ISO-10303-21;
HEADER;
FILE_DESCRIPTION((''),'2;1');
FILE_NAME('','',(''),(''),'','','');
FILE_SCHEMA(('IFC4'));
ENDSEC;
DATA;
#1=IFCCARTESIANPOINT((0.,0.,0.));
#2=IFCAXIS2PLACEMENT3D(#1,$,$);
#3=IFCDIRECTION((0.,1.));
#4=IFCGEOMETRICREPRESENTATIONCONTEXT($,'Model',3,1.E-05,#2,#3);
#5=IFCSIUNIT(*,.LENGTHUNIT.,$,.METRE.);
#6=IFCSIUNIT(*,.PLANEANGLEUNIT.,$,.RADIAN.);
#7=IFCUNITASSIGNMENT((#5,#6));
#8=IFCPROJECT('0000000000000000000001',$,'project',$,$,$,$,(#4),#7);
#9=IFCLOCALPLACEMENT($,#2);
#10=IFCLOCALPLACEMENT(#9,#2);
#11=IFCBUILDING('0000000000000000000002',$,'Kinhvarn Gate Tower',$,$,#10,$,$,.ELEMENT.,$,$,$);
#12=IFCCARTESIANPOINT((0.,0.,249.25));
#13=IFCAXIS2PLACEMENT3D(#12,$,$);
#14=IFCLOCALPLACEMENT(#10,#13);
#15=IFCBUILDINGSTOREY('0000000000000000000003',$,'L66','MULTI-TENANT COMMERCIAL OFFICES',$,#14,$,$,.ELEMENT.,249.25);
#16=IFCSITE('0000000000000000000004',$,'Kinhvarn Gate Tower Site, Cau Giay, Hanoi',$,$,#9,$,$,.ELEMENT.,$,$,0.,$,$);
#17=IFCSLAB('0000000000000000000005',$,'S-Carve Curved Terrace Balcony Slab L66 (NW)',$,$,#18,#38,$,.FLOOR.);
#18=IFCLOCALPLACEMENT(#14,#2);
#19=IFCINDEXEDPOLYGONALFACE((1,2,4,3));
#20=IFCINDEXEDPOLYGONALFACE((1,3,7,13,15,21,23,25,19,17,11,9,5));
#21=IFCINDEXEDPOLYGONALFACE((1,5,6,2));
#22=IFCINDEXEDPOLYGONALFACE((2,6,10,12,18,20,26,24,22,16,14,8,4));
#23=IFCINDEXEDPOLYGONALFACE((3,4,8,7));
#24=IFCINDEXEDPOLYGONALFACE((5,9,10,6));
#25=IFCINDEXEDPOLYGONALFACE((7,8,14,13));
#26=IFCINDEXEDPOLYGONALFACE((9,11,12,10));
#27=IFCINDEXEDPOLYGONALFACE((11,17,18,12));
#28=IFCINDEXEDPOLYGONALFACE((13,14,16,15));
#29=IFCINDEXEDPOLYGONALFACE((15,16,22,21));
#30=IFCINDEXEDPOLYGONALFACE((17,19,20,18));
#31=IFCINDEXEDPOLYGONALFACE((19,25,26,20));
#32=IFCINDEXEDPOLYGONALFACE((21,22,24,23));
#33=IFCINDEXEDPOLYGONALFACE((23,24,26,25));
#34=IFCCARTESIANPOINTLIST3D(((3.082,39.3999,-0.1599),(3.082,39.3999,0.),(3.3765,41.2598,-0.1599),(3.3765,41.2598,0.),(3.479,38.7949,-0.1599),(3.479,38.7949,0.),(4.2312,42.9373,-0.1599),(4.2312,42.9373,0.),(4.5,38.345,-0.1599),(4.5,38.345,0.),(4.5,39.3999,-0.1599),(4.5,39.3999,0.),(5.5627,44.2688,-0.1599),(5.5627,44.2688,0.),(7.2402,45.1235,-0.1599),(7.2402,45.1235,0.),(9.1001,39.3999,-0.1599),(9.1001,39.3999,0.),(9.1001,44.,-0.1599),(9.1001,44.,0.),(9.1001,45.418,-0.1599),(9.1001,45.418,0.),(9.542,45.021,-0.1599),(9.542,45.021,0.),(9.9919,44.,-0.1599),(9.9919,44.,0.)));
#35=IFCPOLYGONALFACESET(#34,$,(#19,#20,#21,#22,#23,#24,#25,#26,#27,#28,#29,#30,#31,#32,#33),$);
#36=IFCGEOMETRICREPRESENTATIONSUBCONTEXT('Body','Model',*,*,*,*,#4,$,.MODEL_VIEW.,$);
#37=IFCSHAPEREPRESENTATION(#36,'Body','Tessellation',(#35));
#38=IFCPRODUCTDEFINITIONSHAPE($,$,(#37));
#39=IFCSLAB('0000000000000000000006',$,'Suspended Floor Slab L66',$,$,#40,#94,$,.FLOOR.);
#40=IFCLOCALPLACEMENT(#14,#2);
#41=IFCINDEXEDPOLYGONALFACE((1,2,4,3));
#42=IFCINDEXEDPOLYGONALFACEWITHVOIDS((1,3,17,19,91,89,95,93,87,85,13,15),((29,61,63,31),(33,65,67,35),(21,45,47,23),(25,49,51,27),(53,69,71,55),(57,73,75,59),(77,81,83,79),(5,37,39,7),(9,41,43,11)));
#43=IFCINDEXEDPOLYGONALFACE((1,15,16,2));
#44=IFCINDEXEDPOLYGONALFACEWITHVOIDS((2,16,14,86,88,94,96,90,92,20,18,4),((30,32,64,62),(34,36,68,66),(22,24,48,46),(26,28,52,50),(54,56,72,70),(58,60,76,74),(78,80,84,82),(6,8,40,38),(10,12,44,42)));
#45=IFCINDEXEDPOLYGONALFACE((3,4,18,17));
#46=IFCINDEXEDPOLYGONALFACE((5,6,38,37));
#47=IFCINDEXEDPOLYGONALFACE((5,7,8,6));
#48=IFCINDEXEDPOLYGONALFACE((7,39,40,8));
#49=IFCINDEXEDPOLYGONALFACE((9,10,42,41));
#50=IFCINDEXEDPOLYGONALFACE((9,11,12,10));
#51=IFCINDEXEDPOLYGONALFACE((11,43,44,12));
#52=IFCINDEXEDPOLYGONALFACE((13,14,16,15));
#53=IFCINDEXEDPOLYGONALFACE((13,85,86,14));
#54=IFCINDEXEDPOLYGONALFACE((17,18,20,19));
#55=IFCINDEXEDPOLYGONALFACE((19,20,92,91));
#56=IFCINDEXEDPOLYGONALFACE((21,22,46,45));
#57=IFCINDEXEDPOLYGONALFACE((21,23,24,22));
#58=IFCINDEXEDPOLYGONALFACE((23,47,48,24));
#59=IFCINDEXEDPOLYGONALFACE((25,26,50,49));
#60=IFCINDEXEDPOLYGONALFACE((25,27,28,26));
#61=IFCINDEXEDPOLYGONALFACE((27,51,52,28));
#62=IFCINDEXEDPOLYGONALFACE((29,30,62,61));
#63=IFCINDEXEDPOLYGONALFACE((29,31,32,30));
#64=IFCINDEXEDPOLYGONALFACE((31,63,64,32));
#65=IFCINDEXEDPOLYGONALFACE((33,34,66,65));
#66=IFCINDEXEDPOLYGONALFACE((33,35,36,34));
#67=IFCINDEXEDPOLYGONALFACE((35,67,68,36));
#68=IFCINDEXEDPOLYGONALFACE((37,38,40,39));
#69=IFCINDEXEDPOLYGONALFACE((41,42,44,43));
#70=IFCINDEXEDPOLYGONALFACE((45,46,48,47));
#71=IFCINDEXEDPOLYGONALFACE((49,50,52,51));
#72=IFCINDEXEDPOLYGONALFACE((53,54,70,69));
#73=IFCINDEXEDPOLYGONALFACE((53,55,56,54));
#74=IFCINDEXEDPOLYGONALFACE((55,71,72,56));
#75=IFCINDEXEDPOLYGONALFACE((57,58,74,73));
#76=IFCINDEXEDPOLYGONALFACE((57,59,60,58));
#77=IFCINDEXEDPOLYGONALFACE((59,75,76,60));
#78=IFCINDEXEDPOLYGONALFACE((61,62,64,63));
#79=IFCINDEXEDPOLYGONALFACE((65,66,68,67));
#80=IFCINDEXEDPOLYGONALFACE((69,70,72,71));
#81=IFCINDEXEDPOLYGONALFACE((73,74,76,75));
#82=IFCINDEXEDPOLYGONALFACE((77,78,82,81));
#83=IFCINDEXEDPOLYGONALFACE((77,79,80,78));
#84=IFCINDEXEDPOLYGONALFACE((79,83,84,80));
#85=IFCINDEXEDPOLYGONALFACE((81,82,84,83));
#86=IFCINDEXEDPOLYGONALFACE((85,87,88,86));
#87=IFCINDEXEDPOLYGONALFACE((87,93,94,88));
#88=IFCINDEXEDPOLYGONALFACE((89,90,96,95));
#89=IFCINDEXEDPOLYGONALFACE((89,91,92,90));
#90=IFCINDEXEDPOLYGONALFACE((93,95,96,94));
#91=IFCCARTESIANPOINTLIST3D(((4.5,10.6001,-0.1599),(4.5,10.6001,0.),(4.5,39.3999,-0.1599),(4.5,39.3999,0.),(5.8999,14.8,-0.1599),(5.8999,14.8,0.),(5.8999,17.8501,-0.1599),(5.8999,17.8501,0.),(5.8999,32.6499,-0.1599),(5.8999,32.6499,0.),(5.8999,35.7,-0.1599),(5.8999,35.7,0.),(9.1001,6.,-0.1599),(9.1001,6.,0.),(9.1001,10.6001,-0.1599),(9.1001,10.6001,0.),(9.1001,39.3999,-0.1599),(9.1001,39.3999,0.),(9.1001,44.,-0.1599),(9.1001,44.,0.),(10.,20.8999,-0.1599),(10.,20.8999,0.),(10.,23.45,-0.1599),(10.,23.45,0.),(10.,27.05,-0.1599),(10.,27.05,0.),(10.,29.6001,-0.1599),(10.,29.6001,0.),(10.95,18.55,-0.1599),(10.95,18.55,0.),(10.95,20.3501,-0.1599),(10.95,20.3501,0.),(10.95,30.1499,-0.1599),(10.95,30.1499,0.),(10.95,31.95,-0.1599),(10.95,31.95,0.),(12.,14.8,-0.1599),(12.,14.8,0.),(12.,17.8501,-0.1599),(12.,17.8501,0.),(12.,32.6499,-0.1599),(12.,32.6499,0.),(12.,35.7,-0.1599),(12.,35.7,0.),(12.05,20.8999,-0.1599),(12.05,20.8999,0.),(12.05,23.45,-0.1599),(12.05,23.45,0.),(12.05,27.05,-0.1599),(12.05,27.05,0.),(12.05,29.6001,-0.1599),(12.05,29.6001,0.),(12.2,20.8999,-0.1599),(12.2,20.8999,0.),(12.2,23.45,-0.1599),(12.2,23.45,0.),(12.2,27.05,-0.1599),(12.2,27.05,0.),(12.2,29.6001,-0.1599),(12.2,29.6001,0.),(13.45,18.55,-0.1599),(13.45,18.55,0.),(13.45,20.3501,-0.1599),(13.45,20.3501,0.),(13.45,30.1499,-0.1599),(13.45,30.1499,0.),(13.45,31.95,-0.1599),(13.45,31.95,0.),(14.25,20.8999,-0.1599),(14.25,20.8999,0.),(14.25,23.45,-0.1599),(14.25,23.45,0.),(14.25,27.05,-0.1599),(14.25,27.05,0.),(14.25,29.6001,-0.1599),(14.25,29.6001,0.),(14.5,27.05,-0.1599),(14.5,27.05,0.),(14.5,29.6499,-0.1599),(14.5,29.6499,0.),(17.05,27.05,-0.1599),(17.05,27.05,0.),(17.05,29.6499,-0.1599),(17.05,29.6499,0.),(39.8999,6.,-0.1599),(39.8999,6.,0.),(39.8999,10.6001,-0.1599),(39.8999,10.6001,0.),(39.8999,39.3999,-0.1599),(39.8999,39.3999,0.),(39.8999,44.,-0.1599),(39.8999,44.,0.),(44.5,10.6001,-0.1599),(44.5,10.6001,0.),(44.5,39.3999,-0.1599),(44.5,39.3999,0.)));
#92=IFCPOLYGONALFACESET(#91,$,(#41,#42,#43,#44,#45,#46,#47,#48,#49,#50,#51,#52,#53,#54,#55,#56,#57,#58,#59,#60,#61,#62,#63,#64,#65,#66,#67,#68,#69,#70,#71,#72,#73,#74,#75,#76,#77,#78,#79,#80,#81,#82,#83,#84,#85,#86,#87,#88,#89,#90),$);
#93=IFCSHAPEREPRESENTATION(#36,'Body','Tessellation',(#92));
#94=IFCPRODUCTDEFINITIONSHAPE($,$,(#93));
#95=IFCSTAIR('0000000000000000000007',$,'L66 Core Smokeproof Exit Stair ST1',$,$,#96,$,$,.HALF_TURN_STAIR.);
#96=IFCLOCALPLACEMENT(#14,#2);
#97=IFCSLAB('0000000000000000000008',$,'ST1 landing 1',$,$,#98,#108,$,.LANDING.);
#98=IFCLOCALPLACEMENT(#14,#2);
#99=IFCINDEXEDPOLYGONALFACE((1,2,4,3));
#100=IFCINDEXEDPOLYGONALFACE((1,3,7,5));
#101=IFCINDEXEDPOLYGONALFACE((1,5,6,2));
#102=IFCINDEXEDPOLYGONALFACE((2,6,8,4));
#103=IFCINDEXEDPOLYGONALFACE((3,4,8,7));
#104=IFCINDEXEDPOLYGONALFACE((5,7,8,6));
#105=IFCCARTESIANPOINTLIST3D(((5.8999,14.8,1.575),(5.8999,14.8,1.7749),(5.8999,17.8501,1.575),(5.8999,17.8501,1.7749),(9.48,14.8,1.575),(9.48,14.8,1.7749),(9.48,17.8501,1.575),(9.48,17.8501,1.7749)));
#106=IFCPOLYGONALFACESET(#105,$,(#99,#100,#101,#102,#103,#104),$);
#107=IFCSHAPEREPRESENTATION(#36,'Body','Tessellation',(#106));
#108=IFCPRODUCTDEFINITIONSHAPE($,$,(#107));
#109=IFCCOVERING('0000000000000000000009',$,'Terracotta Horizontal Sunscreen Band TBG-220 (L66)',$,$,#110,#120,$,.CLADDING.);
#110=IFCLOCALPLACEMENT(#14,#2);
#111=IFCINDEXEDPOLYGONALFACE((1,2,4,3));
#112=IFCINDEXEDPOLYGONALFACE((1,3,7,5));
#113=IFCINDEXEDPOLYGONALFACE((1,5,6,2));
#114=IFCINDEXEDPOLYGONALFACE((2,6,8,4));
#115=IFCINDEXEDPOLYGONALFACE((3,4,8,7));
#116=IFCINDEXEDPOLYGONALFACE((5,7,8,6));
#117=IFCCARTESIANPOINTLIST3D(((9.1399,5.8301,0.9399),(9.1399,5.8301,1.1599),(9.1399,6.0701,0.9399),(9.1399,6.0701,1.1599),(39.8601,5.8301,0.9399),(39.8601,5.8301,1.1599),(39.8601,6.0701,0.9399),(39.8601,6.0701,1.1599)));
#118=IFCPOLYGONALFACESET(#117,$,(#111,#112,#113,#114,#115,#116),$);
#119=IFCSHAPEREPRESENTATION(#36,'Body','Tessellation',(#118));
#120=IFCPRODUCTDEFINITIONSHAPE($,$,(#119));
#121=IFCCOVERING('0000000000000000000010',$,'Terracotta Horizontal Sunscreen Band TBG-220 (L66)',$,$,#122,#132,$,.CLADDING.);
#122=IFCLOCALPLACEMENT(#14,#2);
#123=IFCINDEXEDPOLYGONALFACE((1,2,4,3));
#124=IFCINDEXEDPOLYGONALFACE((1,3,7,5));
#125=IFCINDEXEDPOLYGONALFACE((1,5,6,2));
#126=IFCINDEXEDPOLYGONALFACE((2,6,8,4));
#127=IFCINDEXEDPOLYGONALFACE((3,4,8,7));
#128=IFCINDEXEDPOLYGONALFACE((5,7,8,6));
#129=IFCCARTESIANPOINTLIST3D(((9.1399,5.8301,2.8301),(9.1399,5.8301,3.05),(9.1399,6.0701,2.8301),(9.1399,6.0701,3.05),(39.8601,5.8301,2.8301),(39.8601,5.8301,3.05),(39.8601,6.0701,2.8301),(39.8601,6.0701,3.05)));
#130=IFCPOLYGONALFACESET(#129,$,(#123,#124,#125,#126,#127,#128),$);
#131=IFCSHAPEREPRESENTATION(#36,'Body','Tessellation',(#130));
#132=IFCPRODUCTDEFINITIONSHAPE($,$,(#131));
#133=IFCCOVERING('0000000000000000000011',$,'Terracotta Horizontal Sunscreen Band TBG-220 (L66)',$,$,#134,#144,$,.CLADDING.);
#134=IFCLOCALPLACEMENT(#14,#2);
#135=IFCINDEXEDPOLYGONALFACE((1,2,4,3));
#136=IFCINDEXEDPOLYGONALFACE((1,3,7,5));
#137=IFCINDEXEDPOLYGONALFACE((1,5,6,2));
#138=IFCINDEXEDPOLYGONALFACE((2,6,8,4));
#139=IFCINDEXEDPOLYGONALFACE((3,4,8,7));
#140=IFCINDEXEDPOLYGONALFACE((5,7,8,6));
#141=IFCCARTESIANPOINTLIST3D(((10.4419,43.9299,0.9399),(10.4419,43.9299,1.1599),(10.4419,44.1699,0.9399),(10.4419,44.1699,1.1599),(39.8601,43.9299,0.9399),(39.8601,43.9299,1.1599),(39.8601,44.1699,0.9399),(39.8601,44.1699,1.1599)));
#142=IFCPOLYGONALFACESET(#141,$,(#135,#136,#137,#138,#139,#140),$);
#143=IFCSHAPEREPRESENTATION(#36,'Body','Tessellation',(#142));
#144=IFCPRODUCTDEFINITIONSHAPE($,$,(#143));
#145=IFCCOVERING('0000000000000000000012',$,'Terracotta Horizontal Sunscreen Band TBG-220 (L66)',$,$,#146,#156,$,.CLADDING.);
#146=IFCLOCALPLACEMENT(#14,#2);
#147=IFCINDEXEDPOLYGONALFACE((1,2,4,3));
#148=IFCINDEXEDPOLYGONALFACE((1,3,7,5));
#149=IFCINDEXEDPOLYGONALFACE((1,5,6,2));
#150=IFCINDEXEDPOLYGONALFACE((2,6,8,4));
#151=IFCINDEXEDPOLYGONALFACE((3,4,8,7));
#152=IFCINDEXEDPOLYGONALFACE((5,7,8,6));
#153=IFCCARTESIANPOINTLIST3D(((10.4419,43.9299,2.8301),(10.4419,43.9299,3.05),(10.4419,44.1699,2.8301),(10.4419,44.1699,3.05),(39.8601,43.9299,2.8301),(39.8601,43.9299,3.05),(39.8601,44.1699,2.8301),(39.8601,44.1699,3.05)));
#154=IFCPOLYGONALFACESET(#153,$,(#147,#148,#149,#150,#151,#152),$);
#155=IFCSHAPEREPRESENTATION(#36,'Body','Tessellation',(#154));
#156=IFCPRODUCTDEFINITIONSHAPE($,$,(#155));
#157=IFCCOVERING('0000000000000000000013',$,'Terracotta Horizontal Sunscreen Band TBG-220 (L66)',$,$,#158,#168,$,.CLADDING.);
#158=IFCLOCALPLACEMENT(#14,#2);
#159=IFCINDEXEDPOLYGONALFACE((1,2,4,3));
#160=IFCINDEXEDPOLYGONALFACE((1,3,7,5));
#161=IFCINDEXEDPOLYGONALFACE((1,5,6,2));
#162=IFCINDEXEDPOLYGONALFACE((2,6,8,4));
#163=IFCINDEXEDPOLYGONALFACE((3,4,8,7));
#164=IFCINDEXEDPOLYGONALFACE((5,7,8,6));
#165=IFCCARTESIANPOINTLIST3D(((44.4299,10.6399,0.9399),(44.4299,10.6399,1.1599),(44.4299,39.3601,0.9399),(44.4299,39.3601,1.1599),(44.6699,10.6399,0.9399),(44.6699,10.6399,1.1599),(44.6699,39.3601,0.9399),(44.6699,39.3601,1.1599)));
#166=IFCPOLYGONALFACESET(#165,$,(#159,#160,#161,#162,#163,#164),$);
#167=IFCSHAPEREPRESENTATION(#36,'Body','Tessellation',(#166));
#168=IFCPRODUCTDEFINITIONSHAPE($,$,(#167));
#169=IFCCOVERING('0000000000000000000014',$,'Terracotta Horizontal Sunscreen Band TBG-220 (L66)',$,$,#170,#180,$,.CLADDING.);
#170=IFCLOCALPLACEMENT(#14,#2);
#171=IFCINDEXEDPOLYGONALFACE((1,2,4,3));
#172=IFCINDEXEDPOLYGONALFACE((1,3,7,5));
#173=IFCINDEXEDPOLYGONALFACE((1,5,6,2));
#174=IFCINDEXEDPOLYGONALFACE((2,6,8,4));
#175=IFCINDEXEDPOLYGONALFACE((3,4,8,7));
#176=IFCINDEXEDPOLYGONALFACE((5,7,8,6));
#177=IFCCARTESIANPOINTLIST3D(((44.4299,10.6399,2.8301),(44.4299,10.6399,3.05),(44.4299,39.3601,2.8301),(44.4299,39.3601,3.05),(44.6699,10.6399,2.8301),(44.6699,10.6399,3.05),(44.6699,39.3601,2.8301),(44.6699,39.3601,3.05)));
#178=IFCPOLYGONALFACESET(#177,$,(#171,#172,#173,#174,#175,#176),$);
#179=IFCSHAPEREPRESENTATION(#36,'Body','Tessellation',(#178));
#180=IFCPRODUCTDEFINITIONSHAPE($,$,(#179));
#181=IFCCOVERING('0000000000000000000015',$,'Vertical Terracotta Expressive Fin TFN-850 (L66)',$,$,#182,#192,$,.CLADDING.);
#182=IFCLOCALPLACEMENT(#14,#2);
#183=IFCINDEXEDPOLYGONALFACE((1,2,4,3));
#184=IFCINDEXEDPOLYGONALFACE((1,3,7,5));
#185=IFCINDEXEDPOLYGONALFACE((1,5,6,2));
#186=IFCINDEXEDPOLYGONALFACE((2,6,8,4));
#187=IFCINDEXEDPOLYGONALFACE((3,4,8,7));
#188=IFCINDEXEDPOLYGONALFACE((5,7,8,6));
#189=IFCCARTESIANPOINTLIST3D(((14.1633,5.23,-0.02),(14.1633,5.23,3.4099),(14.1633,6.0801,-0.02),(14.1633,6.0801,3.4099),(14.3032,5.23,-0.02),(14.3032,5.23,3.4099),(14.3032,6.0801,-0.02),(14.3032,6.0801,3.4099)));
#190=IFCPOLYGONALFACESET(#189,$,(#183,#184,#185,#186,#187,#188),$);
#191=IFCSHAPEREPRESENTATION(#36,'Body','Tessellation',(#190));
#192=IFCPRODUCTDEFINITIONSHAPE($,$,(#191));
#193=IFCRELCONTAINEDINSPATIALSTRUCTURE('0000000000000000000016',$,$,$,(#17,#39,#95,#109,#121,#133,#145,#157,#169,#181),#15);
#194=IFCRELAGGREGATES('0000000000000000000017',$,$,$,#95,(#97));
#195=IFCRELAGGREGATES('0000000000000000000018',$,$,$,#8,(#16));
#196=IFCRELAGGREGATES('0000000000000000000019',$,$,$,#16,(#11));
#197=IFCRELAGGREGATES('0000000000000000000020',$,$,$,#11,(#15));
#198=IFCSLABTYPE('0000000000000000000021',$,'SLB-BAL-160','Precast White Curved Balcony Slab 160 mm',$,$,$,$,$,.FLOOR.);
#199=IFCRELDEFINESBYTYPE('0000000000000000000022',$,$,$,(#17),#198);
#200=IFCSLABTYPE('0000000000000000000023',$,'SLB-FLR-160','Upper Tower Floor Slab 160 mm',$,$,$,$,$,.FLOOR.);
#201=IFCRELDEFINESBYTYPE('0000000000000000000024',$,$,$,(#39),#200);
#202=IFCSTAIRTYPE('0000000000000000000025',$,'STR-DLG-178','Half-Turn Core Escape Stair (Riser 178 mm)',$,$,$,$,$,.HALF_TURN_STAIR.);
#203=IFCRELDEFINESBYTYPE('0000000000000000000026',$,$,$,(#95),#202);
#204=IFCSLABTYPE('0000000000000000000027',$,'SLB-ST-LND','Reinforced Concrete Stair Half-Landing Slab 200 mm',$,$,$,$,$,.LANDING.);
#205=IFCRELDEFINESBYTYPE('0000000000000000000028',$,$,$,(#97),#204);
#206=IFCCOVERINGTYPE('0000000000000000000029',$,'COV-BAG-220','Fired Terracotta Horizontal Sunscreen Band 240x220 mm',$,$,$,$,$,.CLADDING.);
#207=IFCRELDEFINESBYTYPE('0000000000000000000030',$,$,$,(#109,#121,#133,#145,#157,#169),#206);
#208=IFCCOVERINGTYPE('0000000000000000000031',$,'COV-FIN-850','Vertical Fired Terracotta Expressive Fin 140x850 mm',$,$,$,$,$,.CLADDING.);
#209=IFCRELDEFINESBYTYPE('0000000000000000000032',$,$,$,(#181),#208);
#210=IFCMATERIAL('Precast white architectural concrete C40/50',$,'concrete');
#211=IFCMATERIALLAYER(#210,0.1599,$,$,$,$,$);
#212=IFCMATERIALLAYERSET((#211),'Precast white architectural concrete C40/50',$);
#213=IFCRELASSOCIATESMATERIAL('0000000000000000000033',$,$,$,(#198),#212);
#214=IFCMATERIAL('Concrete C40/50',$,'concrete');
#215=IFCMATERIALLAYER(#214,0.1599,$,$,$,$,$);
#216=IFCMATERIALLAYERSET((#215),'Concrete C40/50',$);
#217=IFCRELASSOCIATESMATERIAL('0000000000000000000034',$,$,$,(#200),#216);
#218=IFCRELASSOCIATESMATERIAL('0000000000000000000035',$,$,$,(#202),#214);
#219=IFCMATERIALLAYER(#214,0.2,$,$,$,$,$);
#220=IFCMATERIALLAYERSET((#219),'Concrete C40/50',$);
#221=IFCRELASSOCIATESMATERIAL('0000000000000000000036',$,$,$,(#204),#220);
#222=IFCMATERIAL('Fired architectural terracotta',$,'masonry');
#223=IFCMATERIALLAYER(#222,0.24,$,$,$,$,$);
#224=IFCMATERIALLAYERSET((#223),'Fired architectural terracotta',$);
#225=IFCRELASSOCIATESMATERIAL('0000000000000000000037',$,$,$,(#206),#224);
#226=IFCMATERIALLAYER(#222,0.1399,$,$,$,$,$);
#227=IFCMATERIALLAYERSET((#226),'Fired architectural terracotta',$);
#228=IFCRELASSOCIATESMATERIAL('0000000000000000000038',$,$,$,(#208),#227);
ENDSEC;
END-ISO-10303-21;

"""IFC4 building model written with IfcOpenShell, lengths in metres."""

from ifc_helpers import new_model, si_unit, direction, frame, origin, place, context, subcontext, project, spatial, polyline, outline, extrude, material, layer, layer_set, type_object, element, aggregate, save


model = new_model("IFC4")

# Units and contexts
model_context = context("Model", 3, precision=1e-05, world=origin(), true_north=direction((0.0, 1.0)))
body_context = subcontext(model_context, "Body", "Model", "MODEL_VIEW")
ifc_project = project(units=[si_unit("LENGTHUNIT", "METRE"), si_unit("PLANEANGLEUNIT", "RADIAN")], contexts=[model_context])

# Site, building, storey
site_placement = place(None, origin())
site = spatial("IfcSite", under=ifc_project, at=site_placement, Name="Kinhvarn Gate Tower Site, Cau Giay, Hanoi", CompositionType="ELEMENT", RefElevation=0.0)
building_placement = place(site_placement, origin())
building = spatial("IfcBuilding", under=site, at=building_placement, Name="Kinhvarn Gate Tower", CompositionType="ELEMENT")
storey_placement = place(building_placement, frame((0.0, 0.0, 249.25)))
storey = spatial("IfcBuildingStorey", under=building, at=storey_placement, Name="L66", Description="MULTI-TENANT COMMERCIAL OFFICES", CompositionType="ELEMENT", Elevation=249.25)

# Slabs
ifc_material_1 = material(Name="Precast white architectural concrete C40/50", Category="concrete")
ifc_layer_1 = layer(ifc_material_1, 0.1599)
ifc_layer_set_1 = layer_set([ifc_layer_1], Name="Precast white architectural concrete C40/50")
slab_type_1 = type_object("IfcSlabType", Name="SLB-BAL-160", Description="Precast White Curved Balcony Slab 160 mm", PredefinedType="FLOOR", material=ifc_layer_set_1)
slab_1_placement = place(storey_placement, frame((0.0, 0.0, -0.1599)))
element("IfcSlab", 1, at=slab_1_placement, inside=storey, type_object=slab_type_1, Name="S-Carve Curved Terrace Balcony Slab L66 (NW)", PredefinedType="FLOOR", context=body_context, shape_type="SweptSolid", body=[
    extrude(outline(polyline([(9.9919, 44.0), (9.542, 45.021), (9.1001, 45.418), (7.2402, 45.1235), (5.5627, 44.2688), (4.2312, 42.9373), (3.3765, 41.2598), (3.082, 39.3999), (3.479, 38.7949), (4.5, 38.345), (4.5, 39.3999), (9.1001, 39.3999), (9.1001, 44.0), (9.9919, 44.0)])), origin(), (0.0, 0.0, 1.0), 0.1599),
])
ifc_material_2 = material(Name="Concrete C40/50", Category="concrete")
ifc_layer_2 = layer(ifc_material_2, 0.1599)
ifc_layer_set_2 = layer_set([ifc_layer_2], Name="Concrete C40/50")
slab_type_2 = type_object("IfcSlabType", Name="SLB-FLR-160", Description="Upper Tower Floor Slab 160 mm", PredefinedType="FLOOR", material=ifc_layer_set_2)
slab_2_placement = place(storey_placement, frame((0.0, 0.0, -0.1599)))
element("IfcSlab", 2, at=slab_2_placement, inside=storey, type_object=slab_type_2, Name="Suspended Floor Slab L66", PredefinedType="FLOOR", context=body_context, shape_type="SweptSolid", body=[
    extrude(outline(polyline([(9.1001, 6.0), (39.8999, 6.0), (39.8999, 10.6001), (44.5, 10.6001), (44.5, 39.3999), (39.8999, 39.3999), (39.8999, 44.0), (9.1001, 44.0), (9.1001, 39.3999), (4.5, 39.3999), (4.5, 10.6001), (9.1001, 10.6001), (9.1001, 6.0)]), holes=[polyline([(5.8999, 14.8), (12.0, 14.8), (12.0, 17.8501), (5.8999, 17.8501), (5.8999, 14.8)]), polyline([(5.8999, 32.6499), (12.0, 32.6499), (12.0, 35.7), (5.8999, 35.7), (5.8999, 32.6499)]), polyline([(10.0, 20.8999), (12.05, 20.8999), (12.05, 23.45), (10.0, 23.45), (10.0, 20.8999)]), polyline([(12.2, 20.8999), (14.25, 20.8999), (14.25, 23.45), (12.2, 23.45), (12.2, 20.8999)]), polyline([(10.0, 27.05), (12.05, 27.05), (12.05, 29.6001), (10.0, 29.6001), (10.0, 27.05)]), polyline([(12.2, 27.05), (14.25, 27.05), (14.25, 29.6001), (12.2, 29.6001), (12.2, 27.05)]), polyline([(14.5, 27.05), (17.05, 27.05), (17.05, 29.6499), (14.5, 29.6499), (14.5, 27.05)]), polyline([(10.95, 18.55), (13.45, 18.55), (13.45, 20.3501), (10.95, 20.3501), (10.95, 18.55)]), polyline([(10.95, 30.1499), (13.45, 30.1499), (13.45, 31.95), (10.95, 31.95), (10.95, 30.1499)])]), origin(), (0.0, 0.0, 1.0), 0.1599),
])

# Stair, slab
stair_type = type_object("IfcStairType", Name="STR-DLG-178", Description="Half-Turn Core Escape Stair (Riser 178 mm)", PredefinedType="HALF_TURN_STAIR", material=ifc_material_2)
stair_placement = place(storey_placement, origin())
stair = element("IfcStair", 3, at=stair_placement, inside=storey, type_object=stair_type, Name="L66 Core Smokeproof Exit Stair ST1", PredefinedType="HALF_TURN_STAIR")
ifc_layer_3 = layer(ifc_material_2, 0.2)
ifc_layer_set_3 = layer_set([ifc_layer_3], Name="Concrete C40/50")
slab_type_3 = type_object("IfcSlabType", Name="SLB-ST-LND", Description="Reinforced Concrete Stair Half-Landing Slab 200 mm", PredefinedType="LANDING", material=ifc_layer_set_3)
slab_3_placement = place(storey_placement, frame((0.0, 0.0, 1.575)))
slab_3 = element("IfcSlab", 4, at=slab_3_placement, type_object=slab_type_3, Name="ST1 landing 1", PredefinedType="LANDING", context=body_context, shape_type="SweptSolid", body=[
    extrude(outline(polyline([(9.48, 17.8501), (5.8999, 17.8501), (5.8999, 14.8), (9.48, 14.8), (9.48, 17.8501)])), origin(), (0.0, 0.0, 1.0), 0.2),
])
aggregate(stair, [slab_3])

# Coverings
ifc_material_3 = material(Name="Fired architectural terracotta", Category="masonry")
ifc_layer_4 = layer(ifc_material_3, 0.24)
ifc_layer_set_4 = layer_set([ifc_layer_4], Name="Fired architectural terracotta")
covering_type_1 = type_object("IfcCoveringType", Name="COV-BAG-220", Description="Fired Terracotta Horizontal Sunscreen Band 240x220 mm", PredefinedType="CLADDING", material=ifc_layer_set_4)
for number, where, name in (
    (5, (0.0, 0.0, 0.9399), "Terracotta Horizontal Sunscreen Band TBG-220 (L66)"),
    (6, (0.0, 0.0, 2.8301), "Terracotta Horizontal Sunscreen Band TBG-220 (L66)"),
):
    element("IfcCovering", number, at=place(storey_placement, frame(where)), inside=storey, type_object=covering_type_1, Name=name, PredefinedType="CLADDING", context=body_context, shape_type="SweptSolid", body=[
        extrude(outline(polyline([(9.1399, 6.0701), (39.8601, 6.0701), (39.8601, 5.8301), (9.1399, 5.8301), (9.1399, 6.0701)])), origin(), (0.0, 0.0, 1.0), 0.22),
    ])
for number, where, name in (
    (7, (0.0, 0.0, 0.9399), "Terracotta Horizontal Sunscreen Band TBG-220 (L66)"),
    (8, (0.0, 0.0, 2.8301), "Terracotta Horizontal Sunscreen Band TBG-220 (L66)"),
):
    element("IfcCovering", number, at=place(storey_placement, frame(where)), inside=storey, type_object=covering_type_1, Name=name, PredefinedType="CLADDING", context=body_context, shape_type="SweptSolid", body=[
        extrude(outline(polyline([(39.8601, 43.9299), (10.4419, 43.9299), (10.4419, 44.1699), (39.8601, 44.1699), (39.8601, 43.9299)])), origin(), (0.0, 0.0, 1.0), 0.22),
    ])
for number, where, name in (
    (9, (0.0, 0.0, 0.9399), "Terracotta Horizontal Sunscreen Band TBG-220 (L66)"),
    (10, (0.0, 0.0, 2.8301), "Terracotta Horizontal Sunscreen Band TBG-220 (L66)"),
):
    element("IfcCovering", number, at=place(storey_placement, frame(where)), inside=storey, type_object=covering_type_1, Name=name, PredefinedType="CLADDING", context=body_context, shape_type="SweptSolid", body=[
        extrude(outline(polyline([(44.4299, 10.6399), (44.4299, 39.3601), (44.6699, 39.3601), (44.6699, 10.6399), (44.4299, 10.6399)])), origin(), (0.0, 0.0, 1.0), 0.22),
    ])
ifc_layer_5 = layer(ifc_material_3, 0.1399)
ifc_layer_set_5 = layer_set([ifc_layer_5], Name="Fired architectural terracotta")
covering_type_2 = type_object("IfcCoveringType", Name="COV-FIN-850", Description="Vertical Fired Terracotta Expressive Fin 140x850 mm", PredefinedType="CLADDING", material=ifc_layer_set_5)
covering_1_placement = place(storey_placement, frame((0.0, 0.0, -0.02)))
element("IfcCovering", 11, at=covering_1_placement, inside=storey, type_object=covering_type_2, Name="Vertical Terracotta Expressive Fin TFN-850 (L66)", PredefinedType="CLADDING", context=body_context, shape_type="SweptSolid", body=[
    extrude(outline(polyline([(14.1633, 6.0801), (14.3032, 6.0801), (14.3032, 5.23), (14.1633, 5.23), (14.1633, 6.0801)])), origin(), (0.0, 0.0, 1.0), 3.4299),
])

save(model, "model.ifc")
